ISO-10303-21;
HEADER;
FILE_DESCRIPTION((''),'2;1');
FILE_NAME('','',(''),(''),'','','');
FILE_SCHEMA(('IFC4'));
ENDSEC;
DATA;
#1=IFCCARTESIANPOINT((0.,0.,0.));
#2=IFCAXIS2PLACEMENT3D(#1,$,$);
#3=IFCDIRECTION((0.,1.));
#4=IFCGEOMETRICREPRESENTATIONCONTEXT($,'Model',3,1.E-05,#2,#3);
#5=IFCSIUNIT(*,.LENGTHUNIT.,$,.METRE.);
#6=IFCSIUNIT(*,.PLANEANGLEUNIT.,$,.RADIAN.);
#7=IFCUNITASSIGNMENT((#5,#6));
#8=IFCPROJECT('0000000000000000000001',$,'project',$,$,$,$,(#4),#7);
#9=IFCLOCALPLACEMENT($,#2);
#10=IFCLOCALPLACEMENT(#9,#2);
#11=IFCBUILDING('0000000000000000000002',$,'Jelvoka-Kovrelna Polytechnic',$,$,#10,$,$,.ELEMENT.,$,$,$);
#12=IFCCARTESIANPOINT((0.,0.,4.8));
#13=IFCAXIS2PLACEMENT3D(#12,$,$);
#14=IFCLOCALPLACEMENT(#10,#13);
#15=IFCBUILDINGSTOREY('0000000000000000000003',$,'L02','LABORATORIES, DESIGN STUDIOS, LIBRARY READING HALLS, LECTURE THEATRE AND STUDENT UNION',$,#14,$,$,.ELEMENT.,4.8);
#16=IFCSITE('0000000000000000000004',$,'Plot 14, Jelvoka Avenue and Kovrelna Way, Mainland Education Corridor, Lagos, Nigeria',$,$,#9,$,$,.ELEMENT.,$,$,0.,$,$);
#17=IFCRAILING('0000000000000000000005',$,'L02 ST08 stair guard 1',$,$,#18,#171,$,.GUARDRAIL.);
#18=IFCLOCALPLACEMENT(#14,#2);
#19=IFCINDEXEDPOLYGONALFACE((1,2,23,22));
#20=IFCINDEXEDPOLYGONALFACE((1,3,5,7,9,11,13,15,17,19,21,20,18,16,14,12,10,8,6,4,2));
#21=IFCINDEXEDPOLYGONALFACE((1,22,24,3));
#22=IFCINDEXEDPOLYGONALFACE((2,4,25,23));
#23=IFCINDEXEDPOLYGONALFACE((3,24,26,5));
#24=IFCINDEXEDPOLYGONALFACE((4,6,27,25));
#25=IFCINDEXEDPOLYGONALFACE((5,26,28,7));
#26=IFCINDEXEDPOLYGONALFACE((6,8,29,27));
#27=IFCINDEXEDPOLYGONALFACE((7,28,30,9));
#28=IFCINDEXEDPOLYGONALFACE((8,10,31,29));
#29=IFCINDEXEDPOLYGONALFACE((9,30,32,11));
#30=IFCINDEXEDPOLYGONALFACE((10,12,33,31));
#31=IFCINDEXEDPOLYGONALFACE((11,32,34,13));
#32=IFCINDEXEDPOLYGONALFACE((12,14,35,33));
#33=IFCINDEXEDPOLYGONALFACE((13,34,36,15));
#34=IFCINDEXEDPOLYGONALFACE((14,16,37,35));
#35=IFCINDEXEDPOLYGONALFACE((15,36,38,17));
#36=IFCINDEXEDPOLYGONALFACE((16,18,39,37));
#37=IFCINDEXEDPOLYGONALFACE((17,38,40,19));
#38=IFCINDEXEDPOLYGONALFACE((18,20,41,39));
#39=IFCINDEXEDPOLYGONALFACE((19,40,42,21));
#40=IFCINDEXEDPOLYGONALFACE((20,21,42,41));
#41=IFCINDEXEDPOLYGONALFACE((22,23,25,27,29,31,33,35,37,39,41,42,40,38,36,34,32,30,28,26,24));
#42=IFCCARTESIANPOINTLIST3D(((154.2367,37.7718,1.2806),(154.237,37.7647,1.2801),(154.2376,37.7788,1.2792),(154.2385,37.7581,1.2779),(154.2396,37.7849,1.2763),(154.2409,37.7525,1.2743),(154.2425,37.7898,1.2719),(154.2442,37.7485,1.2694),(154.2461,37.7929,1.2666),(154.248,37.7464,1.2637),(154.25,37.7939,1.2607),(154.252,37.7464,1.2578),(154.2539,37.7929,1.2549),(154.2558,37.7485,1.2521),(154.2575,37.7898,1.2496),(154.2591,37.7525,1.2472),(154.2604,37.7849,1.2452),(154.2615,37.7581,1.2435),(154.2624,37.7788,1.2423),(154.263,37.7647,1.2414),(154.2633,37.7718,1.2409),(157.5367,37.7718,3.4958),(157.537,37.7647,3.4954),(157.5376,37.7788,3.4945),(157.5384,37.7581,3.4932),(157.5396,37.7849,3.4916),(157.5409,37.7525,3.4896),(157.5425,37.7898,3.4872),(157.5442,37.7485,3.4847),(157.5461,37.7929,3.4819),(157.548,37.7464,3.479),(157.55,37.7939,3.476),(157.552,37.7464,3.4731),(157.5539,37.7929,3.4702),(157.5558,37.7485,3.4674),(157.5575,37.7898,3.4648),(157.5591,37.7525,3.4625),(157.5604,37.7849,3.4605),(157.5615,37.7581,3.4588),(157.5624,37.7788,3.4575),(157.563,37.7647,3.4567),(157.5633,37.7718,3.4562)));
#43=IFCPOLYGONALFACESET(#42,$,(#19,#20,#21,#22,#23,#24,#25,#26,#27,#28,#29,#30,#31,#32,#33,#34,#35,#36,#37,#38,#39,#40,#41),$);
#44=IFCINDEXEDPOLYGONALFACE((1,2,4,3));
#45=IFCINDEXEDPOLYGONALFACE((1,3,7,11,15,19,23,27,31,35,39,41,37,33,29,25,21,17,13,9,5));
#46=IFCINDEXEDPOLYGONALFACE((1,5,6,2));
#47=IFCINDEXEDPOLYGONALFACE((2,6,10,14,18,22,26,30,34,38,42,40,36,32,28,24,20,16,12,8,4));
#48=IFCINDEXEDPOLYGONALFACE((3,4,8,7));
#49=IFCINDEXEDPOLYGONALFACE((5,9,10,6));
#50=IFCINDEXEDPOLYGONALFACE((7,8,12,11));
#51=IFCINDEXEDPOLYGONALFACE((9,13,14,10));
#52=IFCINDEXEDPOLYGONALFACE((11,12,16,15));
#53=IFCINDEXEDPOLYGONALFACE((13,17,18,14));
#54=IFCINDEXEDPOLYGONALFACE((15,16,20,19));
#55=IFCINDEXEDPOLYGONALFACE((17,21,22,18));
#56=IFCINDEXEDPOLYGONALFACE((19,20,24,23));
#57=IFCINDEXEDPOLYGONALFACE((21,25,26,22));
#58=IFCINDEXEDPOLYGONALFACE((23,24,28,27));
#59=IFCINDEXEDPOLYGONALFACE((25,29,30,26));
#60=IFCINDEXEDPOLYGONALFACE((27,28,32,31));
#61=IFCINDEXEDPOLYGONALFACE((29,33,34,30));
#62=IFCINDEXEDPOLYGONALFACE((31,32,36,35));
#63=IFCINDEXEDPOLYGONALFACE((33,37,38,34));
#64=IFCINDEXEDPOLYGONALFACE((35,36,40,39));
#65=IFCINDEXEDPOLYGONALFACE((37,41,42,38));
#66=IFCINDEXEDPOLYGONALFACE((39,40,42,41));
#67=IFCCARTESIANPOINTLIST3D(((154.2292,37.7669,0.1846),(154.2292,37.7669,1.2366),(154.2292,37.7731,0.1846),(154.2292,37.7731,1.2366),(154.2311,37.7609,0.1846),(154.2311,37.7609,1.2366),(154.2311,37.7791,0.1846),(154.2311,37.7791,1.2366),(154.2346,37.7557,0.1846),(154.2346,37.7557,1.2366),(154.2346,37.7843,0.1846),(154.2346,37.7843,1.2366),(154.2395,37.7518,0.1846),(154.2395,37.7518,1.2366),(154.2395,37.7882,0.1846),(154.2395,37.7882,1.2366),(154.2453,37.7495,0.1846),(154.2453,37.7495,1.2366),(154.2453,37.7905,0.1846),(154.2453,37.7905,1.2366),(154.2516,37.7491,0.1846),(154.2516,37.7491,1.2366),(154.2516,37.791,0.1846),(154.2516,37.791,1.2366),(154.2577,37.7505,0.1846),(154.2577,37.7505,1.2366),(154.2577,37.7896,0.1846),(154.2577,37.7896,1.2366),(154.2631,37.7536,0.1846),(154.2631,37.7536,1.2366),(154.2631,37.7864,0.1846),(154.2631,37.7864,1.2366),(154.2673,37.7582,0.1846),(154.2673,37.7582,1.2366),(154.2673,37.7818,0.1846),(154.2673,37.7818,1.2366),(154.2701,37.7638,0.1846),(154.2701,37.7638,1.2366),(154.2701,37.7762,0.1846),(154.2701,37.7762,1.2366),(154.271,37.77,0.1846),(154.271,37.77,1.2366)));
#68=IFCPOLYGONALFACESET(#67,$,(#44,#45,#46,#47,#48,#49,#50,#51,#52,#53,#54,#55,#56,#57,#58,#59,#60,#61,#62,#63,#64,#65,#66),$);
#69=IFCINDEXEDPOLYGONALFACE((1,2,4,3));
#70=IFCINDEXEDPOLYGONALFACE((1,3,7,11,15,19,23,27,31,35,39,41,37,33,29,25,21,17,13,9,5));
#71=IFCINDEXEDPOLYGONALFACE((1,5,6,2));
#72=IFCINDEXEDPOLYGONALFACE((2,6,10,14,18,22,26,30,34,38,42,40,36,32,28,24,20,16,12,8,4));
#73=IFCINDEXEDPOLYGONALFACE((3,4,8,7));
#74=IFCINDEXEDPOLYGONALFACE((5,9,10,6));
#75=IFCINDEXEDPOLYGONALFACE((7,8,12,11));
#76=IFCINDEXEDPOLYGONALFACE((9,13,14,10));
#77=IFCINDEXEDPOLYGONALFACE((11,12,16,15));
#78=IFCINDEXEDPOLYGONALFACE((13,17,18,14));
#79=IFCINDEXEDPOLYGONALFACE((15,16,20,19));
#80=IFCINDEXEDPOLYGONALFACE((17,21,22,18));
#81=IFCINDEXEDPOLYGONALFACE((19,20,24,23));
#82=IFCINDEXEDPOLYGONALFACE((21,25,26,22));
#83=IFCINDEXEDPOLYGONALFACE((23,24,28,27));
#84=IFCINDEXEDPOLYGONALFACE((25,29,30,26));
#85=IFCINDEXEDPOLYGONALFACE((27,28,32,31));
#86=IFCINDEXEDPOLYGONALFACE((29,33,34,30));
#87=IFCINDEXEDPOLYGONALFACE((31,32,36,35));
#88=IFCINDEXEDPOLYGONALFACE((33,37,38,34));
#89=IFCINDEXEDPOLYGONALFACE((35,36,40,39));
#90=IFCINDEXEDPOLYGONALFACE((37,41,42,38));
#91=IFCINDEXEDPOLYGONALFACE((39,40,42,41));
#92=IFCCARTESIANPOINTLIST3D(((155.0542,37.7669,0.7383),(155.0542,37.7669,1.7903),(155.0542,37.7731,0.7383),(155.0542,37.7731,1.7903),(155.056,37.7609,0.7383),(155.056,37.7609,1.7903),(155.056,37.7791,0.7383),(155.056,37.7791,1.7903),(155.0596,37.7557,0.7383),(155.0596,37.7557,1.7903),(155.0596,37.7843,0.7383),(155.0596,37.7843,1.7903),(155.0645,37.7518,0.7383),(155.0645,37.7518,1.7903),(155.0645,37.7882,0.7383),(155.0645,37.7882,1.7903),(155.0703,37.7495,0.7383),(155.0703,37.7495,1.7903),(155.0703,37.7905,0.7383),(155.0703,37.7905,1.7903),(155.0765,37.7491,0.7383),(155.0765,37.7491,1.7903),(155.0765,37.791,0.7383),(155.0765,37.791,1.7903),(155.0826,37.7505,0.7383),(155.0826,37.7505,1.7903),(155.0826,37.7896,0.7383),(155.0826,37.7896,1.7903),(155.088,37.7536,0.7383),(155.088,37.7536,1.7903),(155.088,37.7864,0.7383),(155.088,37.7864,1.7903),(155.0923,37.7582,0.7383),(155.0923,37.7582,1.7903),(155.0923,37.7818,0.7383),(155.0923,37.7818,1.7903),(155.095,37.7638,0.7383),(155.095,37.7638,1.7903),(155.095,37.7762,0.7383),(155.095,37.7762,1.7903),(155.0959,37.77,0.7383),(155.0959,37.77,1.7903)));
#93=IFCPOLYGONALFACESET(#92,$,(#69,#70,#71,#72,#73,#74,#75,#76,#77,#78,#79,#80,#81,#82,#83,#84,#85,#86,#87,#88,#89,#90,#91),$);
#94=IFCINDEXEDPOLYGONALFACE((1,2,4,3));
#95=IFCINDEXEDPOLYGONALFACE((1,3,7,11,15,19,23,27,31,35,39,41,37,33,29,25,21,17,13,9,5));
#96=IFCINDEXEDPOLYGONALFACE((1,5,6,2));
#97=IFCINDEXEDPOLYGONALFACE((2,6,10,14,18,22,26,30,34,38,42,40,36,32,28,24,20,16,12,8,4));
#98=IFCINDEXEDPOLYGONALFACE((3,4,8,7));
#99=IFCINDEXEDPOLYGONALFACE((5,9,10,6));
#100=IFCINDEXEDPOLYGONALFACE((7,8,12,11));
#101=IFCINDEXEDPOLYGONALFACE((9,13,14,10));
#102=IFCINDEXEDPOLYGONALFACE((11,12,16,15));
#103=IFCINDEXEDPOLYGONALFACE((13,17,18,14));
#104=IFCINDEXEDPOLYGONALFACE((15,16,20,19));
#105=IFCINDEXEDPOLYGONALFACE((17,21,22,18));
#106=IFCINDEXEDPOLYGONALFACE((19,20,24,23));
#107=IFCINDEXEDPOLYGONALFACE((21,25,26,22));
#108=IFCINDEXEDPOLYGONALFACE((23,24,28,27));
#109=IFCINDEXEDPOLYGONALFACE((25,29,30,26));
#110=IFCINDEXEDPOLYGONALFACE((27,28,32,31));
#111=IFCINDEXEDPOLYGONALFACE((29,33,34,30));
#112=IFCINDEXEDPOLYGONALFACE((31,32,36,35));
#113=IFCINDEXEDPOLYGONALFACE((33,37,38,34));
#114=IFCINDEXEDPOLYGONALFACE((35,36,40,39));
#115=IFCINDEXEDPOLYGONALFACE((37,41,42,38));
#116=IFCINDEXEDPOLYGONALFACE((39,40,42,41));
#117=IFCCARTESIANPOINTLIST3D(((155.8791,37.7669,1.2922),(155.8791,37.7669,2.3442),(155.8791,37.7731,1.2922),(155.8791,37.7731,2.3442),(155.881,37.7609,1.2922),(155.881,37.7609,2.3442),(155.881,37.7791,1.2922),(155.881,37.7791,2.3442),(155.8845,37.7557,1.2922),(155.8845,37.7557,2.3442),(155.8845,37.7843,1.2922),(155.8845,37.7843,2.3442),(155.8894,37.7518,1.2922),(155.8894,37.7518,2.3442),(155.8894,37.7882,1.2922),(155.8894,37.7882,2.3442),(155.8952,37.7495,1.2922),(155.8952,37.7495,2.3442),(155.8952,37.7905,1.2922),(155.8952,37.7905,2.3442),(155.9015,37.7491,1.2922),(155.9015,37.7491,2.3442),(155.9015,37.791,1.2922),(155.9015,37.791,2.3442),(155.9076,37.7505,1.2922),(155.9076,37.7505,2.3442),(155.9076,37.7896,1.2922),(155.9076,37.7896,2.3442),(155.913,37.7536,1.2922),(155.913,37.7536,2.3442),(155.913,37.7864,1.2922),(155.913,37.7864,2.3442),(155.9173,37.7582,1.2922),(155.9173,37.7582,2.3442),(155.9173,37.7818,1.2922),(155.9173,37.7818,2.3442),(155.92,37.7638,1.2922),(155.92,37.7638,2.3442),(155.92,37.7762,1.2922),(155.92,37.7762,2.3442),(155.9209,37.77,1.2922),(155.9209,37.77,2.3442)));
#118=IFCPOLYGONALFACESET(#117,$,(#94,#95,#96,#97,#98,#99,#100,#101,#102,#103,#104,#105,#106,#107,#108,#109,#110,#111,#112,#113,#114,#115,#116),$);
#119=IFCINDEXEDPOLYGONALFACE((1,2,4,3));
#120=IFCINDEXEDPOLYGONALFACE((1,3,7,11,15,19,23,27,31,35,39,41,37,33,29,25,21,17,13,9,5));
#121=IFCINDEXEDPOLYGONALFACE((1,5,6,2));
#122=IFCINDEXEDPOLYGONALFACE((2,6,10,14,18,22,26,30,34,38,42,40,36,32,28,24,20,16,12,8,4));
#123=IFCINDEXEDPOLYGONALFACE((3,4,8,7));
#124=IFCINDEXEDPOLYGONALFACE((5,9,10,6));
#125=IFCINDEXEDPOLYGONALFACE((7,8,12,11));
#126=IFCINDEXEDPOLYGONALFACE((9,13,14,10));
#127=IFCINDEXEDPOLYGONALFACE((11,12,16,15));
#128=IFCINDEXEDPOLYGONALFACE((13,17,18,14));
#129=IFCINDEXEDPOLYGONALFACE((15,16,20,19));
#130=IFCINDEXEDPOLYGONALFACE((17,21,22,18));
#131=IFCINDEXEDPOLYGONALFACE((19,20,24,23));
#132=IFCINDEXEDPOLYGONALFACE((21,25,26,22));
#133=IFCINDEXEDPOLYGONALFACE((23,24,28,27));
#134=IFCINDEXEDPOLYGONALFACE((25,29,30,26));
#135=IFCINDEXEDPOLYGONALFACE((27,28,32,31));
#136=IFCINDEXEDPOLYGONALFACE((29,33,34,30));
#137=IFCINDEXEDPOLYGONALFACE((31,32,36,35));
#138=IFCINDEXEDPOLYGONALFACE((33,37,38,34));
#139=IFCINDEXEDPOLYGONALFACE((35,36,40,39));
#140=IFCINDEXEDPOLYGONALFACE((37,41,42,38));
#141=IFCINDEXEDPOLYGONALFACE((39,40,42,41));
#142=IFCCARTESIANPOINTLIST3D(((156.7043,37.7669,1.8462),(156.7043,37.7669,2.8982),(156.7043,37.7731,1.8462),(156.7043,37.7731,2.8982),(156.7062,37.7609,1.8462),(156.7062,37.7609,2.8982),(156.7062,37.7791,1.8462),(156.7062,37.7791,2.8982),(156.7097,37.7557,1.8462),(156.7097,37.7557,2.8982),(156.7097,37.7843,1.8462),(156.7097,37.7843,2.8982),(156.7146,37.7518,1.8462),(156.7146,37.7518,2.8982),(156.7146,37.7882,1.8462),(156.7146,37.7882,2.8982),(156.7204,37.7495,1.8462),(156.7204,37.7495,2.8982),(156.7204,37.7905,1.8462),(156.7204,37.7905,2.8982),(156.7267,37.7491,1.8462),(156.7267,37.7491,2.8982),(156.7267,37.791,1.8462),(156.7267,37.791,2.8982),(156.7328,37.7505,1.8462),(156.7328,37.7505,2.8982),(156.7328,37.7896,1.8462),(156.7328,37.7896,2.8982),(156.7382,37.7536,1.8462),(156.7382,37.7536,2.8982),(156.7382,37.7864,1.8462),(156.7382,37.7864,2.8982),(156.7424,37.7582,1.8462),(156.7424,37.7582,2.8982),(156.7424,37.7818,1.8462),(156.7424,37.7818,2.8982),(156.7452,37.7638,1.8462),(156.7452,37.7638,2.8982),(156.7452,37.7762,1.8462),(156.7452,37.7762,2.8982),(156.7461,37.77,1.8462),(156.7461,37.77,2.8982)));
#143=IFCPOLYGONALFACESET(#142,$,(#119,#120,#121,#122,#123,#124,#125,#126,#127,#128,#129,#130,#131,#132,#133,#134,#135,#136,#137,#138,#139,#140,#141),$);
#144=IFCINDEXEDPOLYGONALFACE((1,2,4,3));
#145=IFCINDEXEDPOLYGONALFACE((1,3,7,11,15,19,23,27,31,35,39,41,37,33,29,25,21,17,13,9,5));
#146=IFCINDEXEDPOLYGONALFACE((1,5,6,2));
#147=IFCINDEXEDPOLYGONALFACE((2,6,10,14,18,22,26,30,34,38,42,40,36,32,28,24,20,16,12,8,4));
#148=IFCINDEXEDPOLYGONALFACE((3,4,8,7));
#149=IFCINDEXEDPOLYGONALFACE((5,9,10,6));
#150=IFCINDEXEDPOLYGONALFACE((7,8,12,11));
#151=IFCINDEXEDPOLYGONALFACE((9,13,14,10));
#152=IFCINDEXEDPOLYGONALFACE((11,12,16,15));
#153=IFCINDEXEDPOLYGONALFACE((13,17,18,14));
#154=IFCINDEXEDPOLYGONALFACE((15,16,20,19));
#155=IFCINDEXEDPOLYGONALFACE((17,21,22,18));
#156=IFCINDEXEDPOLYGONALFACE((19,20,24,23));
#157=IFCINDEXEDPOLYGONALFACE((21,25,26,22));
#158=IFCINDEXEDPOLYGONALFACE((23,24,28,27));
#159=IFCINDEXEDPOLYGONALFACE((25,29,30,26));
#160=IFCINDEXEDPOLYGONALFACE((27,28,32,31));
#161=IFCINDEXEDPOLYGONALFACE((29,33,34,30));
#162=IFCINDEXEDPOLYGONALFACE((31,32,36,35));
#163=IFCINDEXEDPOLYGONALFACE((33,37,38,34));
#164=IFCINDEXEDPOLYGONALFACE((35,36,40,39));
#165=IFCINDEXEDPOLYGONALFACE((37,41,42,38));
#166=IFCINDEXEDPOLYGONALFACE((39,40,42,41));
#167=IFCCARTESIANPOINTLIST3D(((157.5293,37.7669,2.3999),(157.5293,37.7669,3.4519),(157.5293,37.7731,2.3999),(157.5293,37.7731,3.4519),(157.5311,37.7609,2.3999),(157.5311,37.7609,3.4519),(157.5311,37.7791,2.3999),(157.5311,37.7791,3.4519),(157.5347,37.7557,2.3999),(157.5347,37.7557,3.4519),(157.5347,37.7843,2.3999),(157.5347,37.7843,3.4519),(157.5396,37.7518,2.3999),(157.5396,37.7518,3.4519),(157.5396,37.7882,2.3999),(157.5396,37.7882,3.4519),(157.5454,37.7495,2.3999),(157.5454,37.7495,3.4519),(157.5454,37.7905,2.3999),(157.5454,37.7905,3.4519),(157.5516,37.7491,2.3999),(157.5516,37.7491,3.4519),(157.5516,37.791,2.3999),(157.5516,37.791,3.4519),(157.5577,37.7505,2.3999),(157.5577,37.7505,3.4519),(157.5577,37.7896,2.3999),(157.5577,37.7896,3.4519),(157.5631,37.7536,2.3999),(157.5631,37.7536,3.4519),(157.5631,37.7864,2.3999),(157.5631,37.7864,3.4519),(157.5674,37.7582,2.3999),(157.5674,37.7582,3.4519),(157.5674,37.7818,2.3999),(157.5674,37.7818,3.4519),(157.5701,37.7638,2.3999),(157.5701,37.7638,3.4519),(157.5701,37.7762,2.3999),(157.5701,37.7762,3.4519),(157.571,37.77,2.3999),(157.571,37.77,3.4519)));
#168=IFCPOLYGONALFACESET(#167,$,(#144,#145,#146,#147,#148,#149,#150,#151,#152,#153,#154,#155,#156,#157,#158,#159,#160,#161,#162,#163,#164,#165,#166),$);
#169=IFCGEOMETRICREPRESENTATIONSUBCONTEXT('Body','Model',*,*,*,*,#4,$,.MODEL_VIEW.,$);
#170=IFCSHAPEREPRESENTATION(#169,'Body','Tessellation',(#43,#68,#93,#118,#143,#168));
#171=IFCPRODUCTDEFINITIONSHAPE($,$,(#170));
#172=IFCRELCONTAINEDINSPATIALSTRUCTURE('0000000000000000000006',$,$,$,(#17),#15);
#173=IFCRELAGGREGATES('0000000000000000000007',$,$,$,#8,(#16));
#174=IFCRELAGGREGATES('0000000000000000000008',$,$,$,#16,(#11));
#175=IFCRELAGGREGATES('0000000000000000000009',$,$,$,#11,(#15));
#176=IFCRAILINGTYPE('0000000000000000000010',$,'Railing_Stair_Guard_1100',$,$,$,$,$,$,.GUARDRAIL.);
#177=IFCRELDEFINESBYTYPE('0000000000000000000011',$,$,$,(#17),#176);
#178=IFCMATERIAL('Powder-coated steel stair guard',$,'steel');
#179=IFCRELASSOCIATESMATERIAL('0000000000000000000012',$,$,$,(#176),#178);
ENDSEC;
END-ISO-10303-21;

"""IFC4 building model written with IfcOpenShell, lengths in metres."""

from ifc_helpers import new_model, si_unit, direction, frame, origin, origin_2d, place, context, subcontext, project, spatial, circle, extrude, material, type_object, element, save


model = new_model("IFC4")

# Units and contexts
model_context = context("Model", 3, precision=1e-05, world=origin(), true_north=direction((0.0, 1.0)))
body_context = subcontext(model_context, "Body", "Model", "MODEL_VIEW")
ifc_project = project(units=[si_unit("LENGTHUNIT", "METRE"), si_unit("PLANEANGLEUNIT", "RADIAN")], contexts=[model_context])

# Site, building, storey
site_placement = place(None, origin())
site = spatial("IfcSite", under=ifc_project, at=site_placement, Name="Plot 14, Jelvoka Avenue and Kovrelna Way, Mainland Education Corridor, Lagos, Nigeria", CompositionType="ELEMENT", RefElevation=0.0)
building_placement = place(site_placement, origin())
building = spatial("IfcBuilding", under=site, at=building_placement, Name="Jelvoka-Kovrelna Polytechnic", CompositionType="ELEMENT")
storey_placement = place(building_placement, frame((0.0, 0.0, 4.8)))
storey = spatial("IfcBuildingStorey", under=building, at=storey_placement, Name="L02", Description="LABORATORIES, DESIGN STUDIOS, LIBRARY READING HALLS, LECTURE THEATRE AND STUDENT UNION", CompositionType="ELEMENT", Elevation=4.8)

# Railing
ifc_material_1 = material(Name="Powder-coated steel stair guard", Category="steel")
railing_type_1 = type_object("IfcRailingType", Name="Railing_Stair_Guard_1100", PredefinedType="GUARDRAIL", material=ifc_material_1)
railing_1_placement = place(storey_placement, frame((154.25, 37.77, 0.1846)))
element("IfcRailing", 1, at=railing_1_placement, inside=storey, type_object=railing_type_1, Name="L02 ST08 stair guard 1", PredefinedType="GUARDRAIL", context=body_context, shape_type="SweptSolid", body=[
    extrude(circle(Radius=0.0239, at=origin_2d()), frame((0.0, 0.0, 1.0762), z_axis=(0.830269, 0.0, 0.557362), x_axis=(0.0, 1.0, 0.0)), (0.0, 0.0, 1.0), 3.9746),
    extrude(circle(Radius=0.021, at=origin_2d()), origin(), (0.0, 0.0, 1.0), 1.052),
    extrude(circle(Radius=0.021, at=origin_2d()), frame((0.825, 0.0, 0.5537)), (0.0, 0.0, 1.0), 1.052),
    extrude(circle(Radius=0.021, at=origin_2d()), frame((1.6499, 0.0, 1.1077)), (0.0, 0.0, 1.0), 1.052),
    extrude(circle(Radius=0.021, at=origin_2d()), frame((2.4751, 0.0, 1.6616)), (0.0, 0.0, 1.0), 1.052),
    extrude(circle(Radius=0.021, at=origin_2d()), frame((3.3, 0.0, 2.2153)), (0.0, 0.0, 1.0), 1.052),
])

save(model, "model.ifc")
